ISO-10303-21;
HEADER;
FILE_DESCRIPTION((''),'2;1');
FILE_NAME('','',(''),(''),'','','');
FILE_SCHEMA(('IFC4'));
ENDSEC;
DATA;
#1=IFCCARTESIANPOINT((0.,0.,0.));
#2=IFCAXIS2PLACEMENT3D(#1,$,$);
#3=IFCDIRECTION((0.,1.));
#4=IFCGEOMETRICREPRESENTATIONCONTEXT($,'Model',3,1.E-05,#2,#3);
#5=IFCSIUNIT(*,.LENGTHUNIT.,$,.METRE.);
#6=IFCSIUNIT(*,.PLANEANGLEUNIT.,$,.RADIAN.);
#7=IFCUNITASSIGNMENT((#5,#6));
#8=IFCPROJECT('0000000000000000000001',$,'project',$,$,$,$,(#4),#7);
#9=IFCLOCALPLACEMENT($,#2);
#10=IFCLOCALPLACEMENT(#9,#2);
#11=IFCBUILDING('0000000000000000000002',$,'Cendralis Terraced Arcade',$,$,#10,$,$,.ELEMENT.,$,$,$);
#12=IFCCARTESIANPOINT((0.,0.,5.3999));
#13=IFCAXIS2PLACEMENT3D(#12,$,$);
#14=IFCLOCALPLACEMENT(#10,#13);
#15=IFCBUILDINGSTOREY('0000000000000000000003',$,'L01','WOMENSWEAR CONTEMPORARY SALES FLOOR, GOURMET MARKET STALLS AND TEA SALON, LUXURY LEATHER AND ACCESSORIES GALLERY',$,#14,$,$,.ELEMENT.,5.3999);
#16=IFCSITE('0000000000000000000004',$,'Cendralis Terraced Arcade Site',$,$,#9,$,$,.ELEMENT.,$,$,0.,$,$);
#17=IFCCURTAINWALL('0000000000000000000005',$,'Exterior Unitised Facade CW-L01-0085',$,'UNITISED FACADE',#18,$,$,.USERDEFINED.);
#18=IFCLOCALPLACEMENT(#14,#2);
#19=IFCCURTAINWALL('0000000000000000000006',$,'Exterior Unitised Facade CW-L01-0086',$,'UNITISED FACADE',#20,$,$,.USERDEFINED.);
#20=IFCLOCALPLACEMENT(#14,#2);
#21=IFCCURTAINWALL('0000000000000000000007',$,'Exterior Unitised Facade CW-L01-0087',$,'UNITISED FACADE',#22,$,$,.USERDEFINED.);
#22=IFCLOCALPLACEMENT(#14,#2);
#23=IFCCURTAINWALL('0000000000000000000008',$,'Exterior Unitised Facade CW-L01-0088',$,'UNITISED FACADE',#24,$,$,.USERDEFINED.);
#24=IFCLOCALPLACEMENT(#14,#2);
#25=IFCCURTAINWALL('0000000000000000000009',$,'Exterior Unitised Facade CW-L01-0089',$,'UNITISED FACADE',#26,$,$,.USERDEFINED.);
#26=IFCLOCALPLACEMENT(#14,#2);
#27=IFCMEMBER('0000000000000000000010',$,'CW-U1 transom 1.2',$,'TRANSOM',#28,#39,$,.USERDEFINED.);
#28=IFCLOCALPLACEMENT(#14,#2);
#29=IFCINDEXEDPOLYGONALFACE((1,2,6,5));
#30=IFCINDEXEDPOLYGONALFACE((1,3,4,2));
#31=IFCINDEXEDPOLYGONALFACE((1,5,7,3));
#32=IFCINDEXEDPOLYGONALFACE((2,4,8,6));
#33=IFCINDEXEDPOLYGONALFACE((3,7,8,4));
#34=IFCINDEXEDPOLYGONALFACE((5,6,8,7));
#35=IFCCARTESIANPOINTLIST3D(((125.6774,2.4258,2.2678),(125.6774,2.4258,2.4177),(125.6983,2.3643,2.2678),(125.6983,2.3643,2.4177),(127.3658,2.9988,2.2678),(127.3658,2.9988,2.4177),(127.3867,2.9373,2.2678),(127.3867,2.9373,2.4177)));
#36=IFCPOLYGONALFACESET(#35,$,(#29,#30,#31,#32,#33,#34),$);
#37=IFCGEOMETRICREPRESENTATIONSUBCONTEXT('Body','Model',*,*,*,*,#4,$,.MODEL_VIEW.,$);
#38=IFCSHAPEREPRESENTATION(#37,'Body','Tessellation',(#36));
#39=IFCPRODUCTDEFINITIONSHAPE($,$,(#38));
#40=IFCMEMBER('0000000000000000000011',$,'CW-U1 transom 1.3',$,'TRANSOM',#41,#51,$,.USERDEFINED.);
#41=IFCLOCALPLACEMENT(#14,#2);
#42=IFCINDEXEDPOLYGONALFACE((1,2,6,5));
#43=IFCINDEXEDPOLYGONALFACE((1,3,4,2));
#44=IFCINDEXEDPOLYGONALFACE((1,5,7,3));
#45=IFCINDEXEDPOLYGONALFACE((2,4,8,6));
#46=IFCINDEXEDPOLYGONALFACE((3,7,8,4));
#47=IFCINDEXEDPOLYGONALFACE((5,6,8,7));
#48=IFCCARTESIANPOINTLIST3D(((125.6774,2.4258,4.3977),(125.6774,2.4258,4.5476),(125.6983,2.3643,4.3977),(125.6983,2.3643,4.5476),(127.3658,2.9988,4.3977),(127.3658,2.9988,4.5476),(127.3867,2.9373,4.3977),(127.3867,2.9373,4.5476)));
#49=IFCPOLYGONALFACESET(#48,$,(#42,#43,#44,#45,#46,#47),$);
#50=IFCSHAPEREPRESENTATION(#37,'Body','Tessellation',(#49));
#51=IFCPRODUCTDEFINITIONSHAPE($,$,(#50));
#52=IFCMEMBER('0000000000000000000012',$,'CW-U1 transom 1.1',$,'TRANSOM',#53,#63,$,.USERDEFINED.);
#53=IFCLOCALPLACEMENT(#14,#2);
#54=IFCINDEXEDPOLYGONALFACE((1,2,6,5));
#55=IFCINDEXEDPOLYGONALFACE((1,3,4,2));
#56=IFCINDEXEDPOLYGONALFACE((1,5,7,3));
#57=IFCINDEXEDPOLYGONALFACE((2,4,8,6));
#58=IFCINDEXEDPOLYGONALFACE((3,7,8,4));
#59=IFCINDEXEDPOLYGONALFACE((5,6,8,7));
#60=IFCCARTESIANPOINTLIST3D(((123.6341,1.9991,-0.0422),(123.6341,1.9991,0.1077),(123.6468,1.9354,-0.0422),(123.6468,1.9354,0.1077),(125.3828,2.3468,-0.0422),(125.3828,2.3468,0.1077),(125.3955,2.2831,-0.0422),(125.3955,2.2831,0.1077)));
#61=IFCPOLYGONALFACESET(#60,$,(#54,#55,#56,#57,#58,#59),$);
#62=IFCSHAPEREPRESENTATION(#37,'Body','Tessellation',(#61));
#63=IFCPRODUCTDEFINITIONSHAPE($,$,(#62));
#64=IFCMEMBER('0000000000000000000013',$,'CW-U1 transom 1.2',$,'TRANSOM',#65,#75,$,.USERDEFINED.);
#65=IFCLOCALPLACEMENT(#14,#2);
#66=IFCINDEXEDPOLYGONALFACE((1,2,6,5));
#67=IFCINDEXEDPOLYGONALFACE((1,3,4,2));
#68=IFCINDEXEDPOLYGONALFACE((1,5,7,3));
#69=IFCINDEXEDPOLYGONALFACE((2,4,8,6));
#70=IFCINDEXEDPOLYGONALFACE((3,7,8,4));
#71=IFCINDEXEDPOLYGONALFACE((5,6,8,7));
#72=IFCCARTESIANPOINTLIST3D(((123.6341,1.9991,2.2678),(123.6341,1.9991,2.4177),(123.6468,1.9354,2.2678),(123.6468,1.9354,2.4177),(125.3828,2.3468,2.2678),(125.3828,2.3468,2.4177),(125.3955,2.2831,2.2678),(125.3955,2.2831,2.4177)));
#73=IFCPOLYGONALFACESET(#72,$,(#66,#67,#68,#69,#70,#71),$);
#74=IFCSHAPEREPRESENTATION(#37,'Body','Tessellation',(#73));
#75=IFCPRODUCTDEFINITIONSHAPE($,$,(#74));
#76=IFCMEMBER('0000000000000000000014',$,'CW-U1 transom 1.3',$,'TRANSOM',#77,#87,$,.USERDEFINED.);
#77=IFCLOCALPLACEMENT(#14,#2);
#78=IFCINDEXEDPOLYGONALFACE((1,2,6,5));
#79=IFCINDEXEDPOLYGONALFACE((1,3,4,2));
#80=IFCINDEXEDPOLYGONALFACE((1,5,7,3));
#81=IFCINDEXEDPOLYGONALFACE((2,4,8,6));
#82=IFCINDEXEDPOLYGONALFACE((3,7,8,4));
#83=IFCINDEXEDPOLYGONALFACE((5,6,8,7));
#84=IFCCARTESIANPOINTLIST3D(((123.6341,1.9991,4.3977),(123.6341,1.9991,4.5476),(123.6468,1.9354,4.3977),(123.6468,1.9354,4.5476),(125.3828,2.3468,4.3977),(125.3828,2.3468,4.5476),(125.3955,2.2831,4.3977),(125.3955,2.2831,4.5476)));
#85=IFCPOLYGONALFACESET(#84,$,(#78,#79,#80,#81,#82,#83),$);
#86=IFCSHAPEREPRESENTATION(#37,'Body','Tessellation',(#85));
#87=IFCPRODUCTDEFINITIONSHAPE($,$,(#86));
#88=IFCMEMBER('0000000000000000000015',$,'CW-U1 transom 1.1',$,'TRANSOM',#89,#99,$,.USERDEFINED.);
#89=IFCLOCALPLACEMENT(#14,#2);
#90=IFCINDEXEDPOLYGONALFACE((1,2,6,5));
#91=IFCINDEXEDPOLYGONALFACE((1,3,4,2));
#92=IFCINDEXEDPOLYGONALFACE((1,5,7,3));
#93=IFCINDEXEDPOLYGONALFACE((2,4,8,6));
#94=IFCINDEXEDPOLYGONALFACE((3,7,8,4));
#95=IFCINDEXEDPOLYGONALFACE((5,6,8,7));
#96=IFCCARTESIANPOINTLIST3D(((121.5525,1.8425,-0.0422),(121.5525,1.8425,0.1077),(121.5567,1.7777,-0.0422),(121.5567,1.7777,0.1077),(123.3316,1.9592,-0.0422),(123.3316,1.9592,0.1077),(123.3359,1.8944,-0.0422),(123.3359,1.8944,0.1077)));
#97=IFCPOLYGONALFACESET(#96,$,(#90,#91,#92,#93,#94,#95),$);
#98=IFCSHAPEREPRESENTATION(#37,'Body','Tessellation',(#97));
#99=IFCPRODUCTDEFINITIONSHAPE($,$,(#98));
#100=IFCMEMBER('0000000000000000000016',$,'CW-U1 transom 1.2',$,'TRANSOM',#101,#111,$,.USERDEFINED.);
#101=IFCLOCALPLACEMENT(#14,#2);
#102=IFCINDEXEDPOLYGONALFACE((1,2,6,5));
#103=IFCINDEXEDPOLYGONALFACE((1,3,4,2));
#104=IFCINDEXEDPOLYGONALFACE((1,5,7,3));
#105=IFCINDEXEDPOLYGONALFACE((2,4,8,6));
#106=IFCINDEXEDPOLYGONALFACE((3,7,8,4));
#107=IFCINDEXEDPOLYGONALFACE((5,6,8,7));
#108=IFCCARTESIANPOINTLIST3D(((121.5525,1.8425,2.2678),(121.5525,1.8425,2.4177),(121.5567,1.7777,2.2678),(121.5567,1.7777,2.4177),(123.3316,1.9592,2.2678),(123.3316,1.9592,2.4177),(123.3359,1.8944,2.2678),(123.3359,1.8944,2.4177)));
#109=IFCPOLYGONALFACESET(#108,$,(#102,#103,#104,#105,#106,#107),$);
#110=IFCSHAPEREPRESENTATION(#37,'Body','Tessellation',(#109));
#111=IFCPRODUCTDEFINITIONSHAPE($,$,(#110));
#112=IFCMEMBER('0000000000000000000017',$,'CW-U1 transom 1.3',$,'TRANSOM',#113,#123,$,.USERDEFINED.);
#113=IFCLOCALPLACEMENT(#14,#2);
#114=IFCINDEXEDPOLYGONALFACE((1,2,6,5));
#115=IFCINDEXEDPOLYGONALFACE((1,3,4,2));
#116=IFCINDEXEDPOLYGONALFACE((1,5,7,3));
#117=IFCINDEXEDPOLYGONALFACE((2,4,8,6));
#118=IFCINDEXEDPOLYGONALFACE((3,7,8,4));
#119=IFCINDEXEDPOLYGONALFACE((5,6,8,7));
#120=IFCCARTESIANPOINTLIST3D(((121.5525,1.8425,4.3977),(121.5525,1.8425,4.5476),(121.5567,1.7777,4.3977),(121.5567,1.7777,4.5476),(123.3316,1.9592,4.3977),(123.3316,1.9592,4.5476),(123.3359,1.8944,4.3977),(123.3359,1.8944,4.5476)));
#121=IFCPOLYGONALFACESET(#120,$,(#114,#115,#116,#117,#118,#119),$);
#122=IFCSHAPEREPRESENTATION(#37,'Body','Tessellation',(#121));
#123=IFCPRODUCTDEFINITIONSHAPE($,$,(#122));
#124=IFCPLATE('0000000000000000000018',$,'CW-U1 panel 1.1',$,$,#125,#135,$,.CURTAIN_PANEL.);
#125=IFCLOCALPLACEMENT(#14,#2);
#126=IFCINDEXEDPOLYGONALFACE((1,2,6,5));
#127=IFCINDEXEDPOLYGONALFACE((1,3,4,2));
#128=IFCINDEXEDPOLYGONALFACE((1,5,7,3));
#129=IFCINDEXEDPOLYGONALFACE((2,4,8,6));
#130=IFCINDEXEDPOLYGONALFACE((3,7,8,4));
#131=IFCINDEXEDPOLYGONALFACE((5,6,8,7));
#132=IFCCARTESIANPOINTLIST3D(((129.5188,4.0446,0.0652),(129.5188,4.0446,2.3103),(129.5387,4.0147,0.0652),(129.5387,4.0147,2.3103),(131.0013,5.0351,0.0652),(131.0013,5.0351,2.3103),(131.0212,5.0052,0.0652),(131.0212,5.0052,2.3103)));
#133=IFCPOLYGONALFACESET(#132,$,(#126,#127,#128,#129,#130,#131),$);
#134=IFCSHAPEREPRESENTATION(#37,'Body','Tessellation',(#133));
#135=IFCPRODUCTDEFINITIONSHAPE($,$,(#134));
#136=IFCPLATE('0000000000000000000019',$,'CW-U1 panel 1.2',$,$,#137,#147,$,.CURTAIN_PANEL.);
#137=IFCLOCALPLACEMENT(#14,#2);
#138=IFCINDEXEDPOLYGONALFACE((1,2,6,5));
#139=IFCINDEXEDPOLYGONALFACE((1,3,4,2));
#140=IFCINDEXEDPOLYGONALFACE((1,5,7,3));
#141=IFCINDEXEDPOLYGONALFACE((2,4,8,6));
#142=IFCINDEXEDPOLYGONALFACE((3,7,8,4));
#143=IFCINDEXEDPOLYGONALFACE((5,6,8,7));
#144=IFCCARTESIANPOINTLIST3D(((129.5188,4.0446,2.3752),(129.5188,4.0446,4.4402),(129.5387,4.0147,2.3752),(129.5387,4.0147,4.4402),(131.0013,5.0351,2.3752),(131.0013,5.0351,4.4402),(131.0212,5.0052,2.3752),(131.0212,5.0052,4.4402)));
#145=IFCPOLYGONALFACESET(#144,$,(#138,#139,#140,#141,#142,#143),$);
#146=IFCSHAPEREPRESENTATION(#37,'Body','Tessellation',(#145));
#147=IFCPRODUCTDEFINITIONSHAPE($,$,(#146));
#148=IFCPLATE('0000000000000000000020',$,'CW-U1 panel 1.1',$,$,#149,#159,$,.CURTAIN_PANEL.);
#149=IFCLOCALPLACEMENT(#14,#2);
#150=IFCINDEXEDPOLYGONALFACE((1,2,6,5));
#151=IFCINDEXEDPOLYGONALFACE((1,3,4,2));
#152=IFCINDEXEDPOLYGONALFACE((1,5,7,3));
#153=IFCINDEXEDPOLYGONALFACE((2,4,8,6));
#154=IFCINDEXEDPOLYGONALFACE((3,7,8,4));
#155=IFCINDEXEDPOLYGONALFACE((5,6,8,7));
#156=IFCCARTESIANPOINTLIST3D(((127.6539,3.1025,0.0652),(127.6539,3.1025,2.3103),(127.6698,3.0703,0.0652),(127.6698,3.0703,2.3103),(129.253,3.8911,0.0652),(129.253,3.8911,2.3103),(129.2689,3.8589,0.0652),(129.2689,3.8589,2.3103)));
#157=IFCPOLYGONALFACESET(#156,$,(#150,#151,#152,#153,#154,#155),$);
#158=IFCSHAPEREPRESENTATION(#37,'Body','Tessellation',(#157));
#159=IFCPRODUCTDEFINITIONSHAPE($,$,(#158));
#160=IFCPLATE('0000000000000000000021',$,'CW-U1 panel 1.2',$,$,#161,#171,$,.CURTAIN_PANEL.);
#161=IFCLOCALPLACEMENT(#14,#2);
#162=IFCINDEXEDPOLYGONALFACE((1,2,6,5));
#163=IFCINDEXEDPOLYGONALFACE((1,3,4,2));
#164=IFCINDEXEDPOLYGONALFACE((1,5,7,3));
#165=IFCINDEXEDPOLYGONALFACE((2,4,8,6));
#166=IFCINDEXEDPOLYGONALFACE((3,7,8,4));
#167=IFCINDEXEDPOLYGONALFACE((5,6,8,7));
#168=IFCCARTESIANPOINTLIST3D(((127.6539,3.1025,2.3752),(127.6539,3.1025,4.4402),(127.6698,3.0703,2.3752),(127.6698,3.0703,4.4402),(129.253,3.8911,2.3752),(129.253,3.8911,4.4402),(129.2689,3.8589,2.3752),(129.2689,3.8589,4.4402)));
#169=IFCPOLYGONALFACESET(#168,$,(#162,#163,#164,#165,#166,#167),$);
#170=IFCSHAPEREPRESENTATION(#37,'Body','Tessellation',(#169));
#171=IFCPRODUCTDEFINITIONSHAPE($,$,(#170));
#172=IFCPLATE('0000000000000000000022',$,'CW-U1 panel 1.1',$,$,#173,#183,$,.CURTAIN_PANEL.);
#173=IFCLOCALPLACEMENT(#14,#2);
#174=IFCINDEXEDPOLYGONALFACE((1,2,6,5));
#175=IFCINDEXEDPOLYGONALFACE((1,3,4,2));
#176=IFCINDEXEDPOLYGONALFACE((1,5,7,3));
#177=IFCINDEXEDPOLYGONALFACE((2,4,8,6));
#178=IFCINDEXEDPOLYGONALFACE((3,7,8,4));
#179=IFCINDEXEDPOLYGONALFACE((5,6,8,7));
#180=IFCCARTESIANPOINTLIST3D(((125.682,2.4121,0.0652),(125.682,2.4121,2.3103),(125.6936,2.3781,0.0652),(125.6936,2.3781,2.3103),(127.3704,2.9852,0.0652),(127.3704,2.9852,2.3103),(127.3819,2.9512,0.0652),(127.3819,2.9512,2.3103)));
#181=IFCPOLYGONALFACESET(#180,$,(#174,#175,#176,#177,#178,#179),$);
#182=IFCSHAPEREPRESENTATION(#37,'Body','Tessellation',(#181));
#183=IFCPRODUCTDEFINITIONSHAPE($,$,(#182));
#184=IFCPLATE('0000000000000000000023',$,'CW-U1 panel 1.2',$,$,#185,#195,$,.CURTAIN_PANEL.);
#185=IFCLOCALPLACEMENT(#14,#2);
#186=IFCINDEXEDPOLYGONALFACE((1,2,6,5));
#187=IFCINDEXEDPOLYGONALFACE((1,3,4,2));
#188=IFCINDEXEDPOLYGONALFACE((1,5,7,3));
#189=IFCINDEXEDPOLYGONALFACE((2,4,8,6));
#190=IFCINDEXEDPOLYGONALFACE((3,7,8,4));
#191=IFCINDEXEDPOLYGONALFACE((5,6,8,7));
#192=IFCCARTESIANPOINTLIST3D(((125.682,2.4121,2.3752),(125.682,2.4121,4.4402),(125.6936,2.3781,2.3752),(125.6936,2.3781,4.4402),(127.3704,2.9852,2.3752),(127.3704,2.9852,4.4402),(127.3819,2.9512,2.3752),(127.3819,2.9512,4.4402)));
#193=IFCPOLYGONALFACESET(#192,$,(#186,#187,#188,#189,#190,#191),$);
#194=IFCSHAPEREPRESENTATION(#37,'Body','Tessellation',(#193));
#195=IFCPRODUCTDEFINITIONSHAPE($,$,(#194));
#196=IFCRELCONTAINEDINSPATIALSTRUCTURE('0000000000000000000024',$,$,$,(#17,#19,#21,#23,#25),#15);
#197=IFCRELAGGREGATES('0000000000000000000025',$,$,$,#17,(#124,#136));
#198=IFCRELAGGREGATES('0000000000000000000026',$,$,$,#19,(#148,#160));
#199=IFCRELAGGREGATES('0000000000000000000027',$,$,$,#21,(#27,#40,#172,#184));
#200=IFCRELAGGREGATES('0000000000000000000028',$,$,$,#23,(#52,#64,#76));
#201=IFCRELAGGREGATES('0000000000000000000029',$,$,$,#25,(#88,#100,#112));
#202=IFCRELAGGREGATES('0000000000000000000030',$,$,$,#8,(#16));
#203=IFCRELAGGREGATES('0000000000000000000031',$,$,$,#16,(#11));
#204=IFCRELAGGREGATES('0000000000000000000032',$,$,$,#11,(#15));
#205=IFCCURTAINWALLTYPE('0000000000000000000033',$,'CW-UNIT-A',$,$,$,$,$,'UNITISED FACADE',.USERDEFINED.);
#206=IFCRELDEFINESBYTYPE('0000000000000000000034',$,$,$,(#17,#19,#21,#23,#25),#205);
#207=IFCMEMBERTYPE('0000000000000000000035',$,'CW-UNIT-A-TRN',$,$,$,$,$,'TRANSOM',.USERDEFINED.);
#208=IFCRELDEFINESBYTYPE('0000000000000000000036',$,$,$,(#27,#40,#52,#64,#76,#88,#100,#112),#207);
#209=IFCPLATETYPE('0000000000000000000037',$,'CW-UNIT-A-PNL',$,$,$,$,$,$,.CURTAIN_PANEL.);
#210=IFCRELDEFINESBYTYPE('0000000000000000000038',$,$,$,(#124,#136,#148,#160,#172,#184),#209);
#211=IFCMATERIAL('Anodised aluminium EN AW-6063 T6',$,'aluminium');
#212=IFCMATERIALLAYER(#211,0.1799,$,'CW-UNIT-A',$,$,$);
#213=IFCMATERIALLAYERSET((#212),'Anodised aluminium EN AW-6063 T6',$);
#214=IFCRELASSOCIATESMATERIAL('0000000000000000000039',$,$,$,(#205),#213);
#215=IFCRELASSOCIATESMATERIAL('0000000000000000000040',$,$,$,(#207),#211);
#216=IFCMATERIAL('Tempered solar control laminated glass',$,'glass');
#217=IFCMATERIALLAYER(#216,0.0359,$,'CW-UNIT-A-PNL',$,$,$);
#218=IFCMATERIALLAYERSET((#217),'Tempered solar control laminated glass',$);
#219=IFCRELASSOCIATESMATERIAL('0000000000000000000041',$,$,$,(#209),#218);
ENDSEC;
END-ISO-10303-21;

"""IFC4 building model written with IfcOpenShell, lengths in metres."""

from ifc_helpers import new_model, si_unit, direction, frame, origin, origin_2d, place, context, subcontext, project, spatial, rectangle, extrude, material, layer, layer_set, material_profile, profile_set, type_object, element, aggregate, save


model = new_model("IFC4")

# Units and contexts
model_context = context("Model", 3, precision=1e-05, world=origin(), true_north=direction((0.0, 1.0)))
body_context = subcontext(model_context, "Body", "Model", "MODEL_VIEW")
ifc_project = project(units=[si_unit("LENGTHUNIT", "METRE"), si_unit("PLANEANGLEUNIT", "RADIAN")], contexts=[model_context])

# Site, building, storey
site_placement = place(None, origin())
site = spatial("IfcSite", under=ifc_project, at=site_placement, Name="Cendralis Terraced Arcade Site", CompositionType="ELEMENT", RefElevation=0.0)
building_placement = place(site_placement, origin())
building = spatial("IfcBuilding", under=site, at=building_placement, Name="Cendralis Terraced Arcade", CompositionType="ELEMENT")
storey_placement = place(building_placement, frame((0.0, 0.0, 5.3999)))
storey = spatial("IfcBuildingStorey", under=building, at=storey_placement, Name="L01", Description="WOMENSWEAR CONTEMPORARY SALES FLOOR, GOURMET MARKET STALLS AND TEA SALON, LUXURY LEATHER AND ACCESSORIES GALLERY", CompositionType="ELEMENT", Elevation=5.3999)

# Curtain wall
ifc_material_1 = material(Name="Anodised aluminium EN AW-6063 T6", Category="aluminium")
ifc_layer_1 = layer(ifc_material_1, 0.1799, Name="CW-UNIT-A")
ifc_layer_set_1 = layer_set([ifc_layer_1], Name="Anodised aluminium EN AW-6063 T6")
curtain_wall_type = type_object("IfcCurtainWallType", Name="CW-UNIT-A", ElementType="UNITISED FACADE", PredefinedType="USERDEFINED", material=ifc_layer_set_1)
curtain_wall_1_placement = place(storey_placement, origin())
curtain_wall_1 = element("IfcCurtainWall", 1, at=curtain_wall_1_placement, inside=storey, type_object=curtain_wall_type, Name="Exterior Unitised Facade CW-L01-0085", ObjectType="UNITISED FACADE", PredefinedType="USERDEFINED")

# Curtain walls
curtain_wall_2_placement = place(storey_placement, origin())
curtain_wall_2 = element("IfcCurtainWall", 2, at=curtain_wall_2_placement, inside=storey, type_object=curtain_wall_type, Name="Exterior Unitised Facade CW-L01-0086", ObjectType="UNITISED FACADE", PredefinedType="USERDEFINED")
curtain_wall_3_placement = place(storey_placement, origin())
curtain_wall_3 = element("IfcCurtainWall", 3, at=curtain_wall_3_placement, inside=storey, type_object=curtain_wall_type, Name="Exterior Unitised Facade CW-L01-0087", ObjectType="UNITISED FACADE", PredefinedType="USERDEFINED")
curtain_wall_4_placement = place(storey_placement, origin())
curtain_wall_4 = element("IfcCurtainWall", 4, at=curtain_wall_4_placement, inside=storey, type_object=curtain_wall_type, Name="Exterior Unitised Facade CW-L01-0088", ObjectType="UNITISED FACADE", PredefinedType="USERDEFINED")

# Curtain wall
curtain_wall_5_placement = place(storey_placement, origin())
curtain_wall_5 = element("IfcCurtainWall", 5, at=curtain_wall_5_placement, inside=storey, type_object=curtain_wall_type, Name="Exterior Unitised Facade CW-L01-0089", ObjectType="UNITISED FACADE", PredefinedType="USERDEFINED")

# Members
ifc_material_profile_1 = material_profile(ifc_material_1, rectangle(XDim=0.0649, YDim=0.1499, at=origin_2d()), Name="ALU-TRN-65x150")
ifc_profile_set_1 = profile_set([ifc_material_profile_1], Name="Anodised aluminium EN AW-6063 T6")
member_type_1 = type_object("IfcMemberType", Name="CW-UNIT-A-TRN", ElementType="TRANSOM", PredefinedType="USERDEFINED", material=ifc_profile_set_1)
member_1_placement = place(storey_placement, frame((127.3762, 2.968, 2.3428), z_axis=(-0.946958, -0.321358, 0.0), x_axis=(0.321358, -0.946958, 0.0)))
member_1 = element("IfcMember", 6, at=member_1_placement, type_object=member_type_1, Name="CW-U1 transom 1.2", ObjectType="TRANSOM", PredefinedType="USERDEFINED", context=body_context, shape_type="SweptSolid", body=[
    extrude(rectangle(XDim=0.0649, YDim=0.1499, at=origin_2d()), origin(), (0.0, 0.0, 1.0), 1.783),
])
member_2_placement = place(storey_placement, frame((127.3762, 2.968, 4.4727), z_axis=(-0.946958, -0.321358, 0.0), x_axis=(0.321358, -0.946958, 0.0)))
member_2 = element("IfcMember", 7, at=member_2_placement, type_object=member_type_1, Name="CW-U1 transom 1.3", ObjectType="TRANSOM", PredefinedType="USERDEFINED", context=body_context, shape_type="SweptSolid", body=[
    extrude(rectangle(XDim=0.0649, YDim=0.1499, at=origin_2d()), origin(), (0.0, 0.0, 1.0), 1.783),
])
member_3_placement = place(storey_placement, frame((125.3892, 2.3149, 0.0327), z_axis=(-0.980806, -0.194984, 0.0), x_axis=(0.194984, -0.980806, 0.0)))
member_3 = element("IfcMember", 8, at=member_3_placement, type_object=member_type_1, Name="CW-U1 transom 1.1", ObjectType="TRANSOM", PredefinedType="USERDEFINED", context=body_context, shape_type="SweptSolid", body=[
    extrude(rectangle(XDim=0.0649, YDim=0.1499, at=origin_2d()), origin(), (0.0, 0.0, 1.0), 1.783),
])
member_4_placement = place(storey_placement, frame((125.3892, 2.3149, 2.3428), z_axis=(-0.980806, -0.194984, 0.0), x_axis=(0.194984, -0.980806, 0.0)))
member_4 = element("IfcMember", 9, at=member_4_placement, type_object=member_type_1, Name="CW-U1 transom 1.2", ObjectType="TRANSOM", PredefinedType="USERDEFINED", context=body_context, shape_type="SweptSolid", body=[
    extrude(rectangle(XDim=0.0649, YDim=0.1499, at=origin_2d()), origin(), (0.0, 0.0, 1.0), 1.783),
])
member_5_placement = place(storey_placement, frame((125.3892, 2.3149, 4.4727), z_axis=(-0.980806, -0.194984, 0.0), x_axis=(0.194984, -0.980806, 0.0)))
member_5 = element("IfcMember", 10, at=member_5_placement, type_object=member_type_1, Name="CW-U1 transom 1.3", ObjectType="TRANSOM", PredefinedType="USERDEFINED", context=body_context, shape_type="SweptSolid", body=[
    extrude(rectangle(XDim=0.0649, YDim=0.1499, at=origin_2d()), origin(), (0.0, 0.0, 1.0), 1.783),
])
member_6_placement = place(storey_placement, frame((123.3337, 1.9268, 0.0327), z_axis=(-0.997855, -0.065456, 0.0), x_axis=(0.065456, -0.997855, 0.0)))
member_6 = element("IfcMember", 11, at=member_6_placement, type_object=member_type_1, Name="CW-U1 transom 1.1", ObjectType="TRANSOM", PredefinedType="USERDEFINED", context=body_context, shape_type="SweptSolid", body=[
    extrude(rectangle(XDim=0.0649, YDim=0.1499, at=origin_2d()), origin(), (0.0, 0.0, 1.0), 1.783),
])
member_7_placement = place(storey_placement, frame((123.3337, 1.9268, 2.3428), z_axis=(-0.997855, -0.065456, 0.0), x_axis=(0.065456, -0.997855, 0.0)))
member_7 = element("IfcMember", 12, at=member_7_placement, type_object=member_type_1, Name="CW-U1 transom 1.2", ObjectType="TRANSOM", PredefinedType="USERDEFINED", context=body_context, shape_type="SweptSolid", body=[
    extrude(rectangle(XDim=0.0649, YDim=0.1499, at=origin_2d()), origin(), (0.0, 0.0, 1.0), 1.783),
])
member_8_placement = place(storey_placement, frame((123.3337, 1.9268, 4.4727), z_axis=(-0.997855, -0.065456, 0.0), x_axis=(0.065456, -0.997855, 0.0)))
member_8 = element("IfcMember", 13, at=member_8_placement, type_object=member_type_1, Name="CW-U1 transom 1.3", ObjectType="TRANSOM", PredefinedType="USERDEFINED", context=body_context, shape_type="SweptSolid", body=[
    extrude(rectangle(XDim=0.0649, YDim=0.1499, at=origin_2d()), origin(), (0.0, 0.0, 1.0), 1.783),
])

# Plates
ifc_material_2 = material(Name="Tempered solar control laminated glass", Category="glass")
ifc_layer_2 = layer(ifc_material_2, 0.0359, Name="CW-UNIT-A-PNL")
ifc_layer_set_2 = layer_set([ifc_layer_2], Name="Tempered solar control laminated glass")
plate_type = type_object("IfcPlateType", Name="CW-UNIT-A-PNL", PredefinedType="CURTAIN_PANEL", material=ifc_layer_set_2)
plate_1_placement = place(storey_placement, frame((130.27, 4.5249, 0.0652), z_axis=(0.0, 0.0, 1.0), x_axis=(-0.831495, -0.555532, 0.0)))
plate_1 = element("IfcPlate", 14, at=plate_1_placement, type_object=plate_type, Name="CW-U1 panel 1.1", PredefinedType="CURTAIN_PANEL", context=body_context, shape_type="SweptSolid", body=[
    extrude(rectangle(XDim=1.783, YDim=0.0359, at=origin_2d()), origin(), (0.0, 0.0, 1.0), 2.2451),
])
plate_2_placement = place(storey_placement, frame((130.27, 4.5249, 2.3752), z_axis=(0.0, 0.0, 1.0), x_axis=(-0.831495, -0.555532, 0.0)))
plate_2 = element("IfcPlate", 15, at=plate_2_placement, type_object=plate_type, Name="CW-U1 panel 1.2", PredefinedType="CURTAIN_PANEL", context=body_context, shape_type="SweptSolid", body=[
    extrude(rectangle(XDim=1.783, YDim=0.0359, at=origin_2d()), origin(), (0.0, 0.0, 1.0), 2.0649),
])
aggregate(curtain_wall_1, [plate_1, plate_2])
plate_3_placement = place(storey_placement, frame((128.4614, 3.4807, 0.0652), z_axis=(0.0, 0.0, 1.0), x_axis=(-0.896871, -0.442293, 0.0)))
plate_3 = element("IfcPlate", 16, at=plate_3_placement, type_object=plate_type, Name="CW-U1 panel 1.1", PredefinedType="CURTAIN_PANEL", context=body_context, shape_type="SweptSolid", body=[
    extrude(rectangle(XDim=1.783, YDim=0.0359, at=origin_2d()), origin(), (0.0, 0.0, 1.0), 2.2451),
])
plate_4_placement = place(storey_placement, frame((128.4614, 3.4807, 2.3752), z_axis=(0.0, 0.0, 1.0), x_axis=(-0.896871, -0.442293, 0.0)))
plate_4 = element("IfcPlate", 17, at=plate_4_placement, type_object=plate_type, Name="CW-U1 panel 1.2", PredefinedType="CURTAIN_PANEL", context=body_context, shape_type="SweptSolid", body=[
    extrude(rectangle(XDim=1.783, YDim=0.0359, at=origin_2d()), origin(), (0.0, 0.0, 1.0), 2.0649),
])
aggregate(curtain_wall_2, [plate_3, plate_4])
plate_5_placement = place(storey_placement, frame((126.532, 2.6816, 0.0652), z_axis=(0.0, 0.0, 1.0), x_axis=(-0.946928, -0.321445, 0.0)))
plate_5 = element("IfcPlate", 18, at=plate_5_placement, type_object=plate_type, Name="CW-U1 panel 1.1", PredefinedType="CURTAIN_PANEL", context=body_context, shape_type="SweptSolid", body=[
    extrude(rectangle(XDim=1.783, YDim=0.0359, at=origin_2d()), origin(), (0.0, 0.0, 1.0), 2.2451),
])
plate_6_placement = place(storey_placement, frame((126.532, 2.6816, 2.3752), z_axis=(0.0, 0.0, 1.0), x_axis=(-0.946928, -0.321445, 0.0)))
plate_6 = element("IfcPlate", 19, at=plate_6_placement, type_object=plate_type, Name="CW-U1 panel 1.2", PredefinedType="CURTAIN_PANEL", context=body_context, shape_type="SweptSolid", body=[
    extrude(rectangle(XDim=1.783, YDim=0.0359, at=origin_2d()), origin(), (0.0, 0.0, 1.0), 2.0649),
])
aggregate(curtain_wall_3, [member_1, member_2, plate_5, plate_6])
aggregate(curtain_wall_4, [member_3, member_4, member_5])
aggregate(curtain_wall_5, [member_6, member_7, member_8])

save(model, "model.ifc")
